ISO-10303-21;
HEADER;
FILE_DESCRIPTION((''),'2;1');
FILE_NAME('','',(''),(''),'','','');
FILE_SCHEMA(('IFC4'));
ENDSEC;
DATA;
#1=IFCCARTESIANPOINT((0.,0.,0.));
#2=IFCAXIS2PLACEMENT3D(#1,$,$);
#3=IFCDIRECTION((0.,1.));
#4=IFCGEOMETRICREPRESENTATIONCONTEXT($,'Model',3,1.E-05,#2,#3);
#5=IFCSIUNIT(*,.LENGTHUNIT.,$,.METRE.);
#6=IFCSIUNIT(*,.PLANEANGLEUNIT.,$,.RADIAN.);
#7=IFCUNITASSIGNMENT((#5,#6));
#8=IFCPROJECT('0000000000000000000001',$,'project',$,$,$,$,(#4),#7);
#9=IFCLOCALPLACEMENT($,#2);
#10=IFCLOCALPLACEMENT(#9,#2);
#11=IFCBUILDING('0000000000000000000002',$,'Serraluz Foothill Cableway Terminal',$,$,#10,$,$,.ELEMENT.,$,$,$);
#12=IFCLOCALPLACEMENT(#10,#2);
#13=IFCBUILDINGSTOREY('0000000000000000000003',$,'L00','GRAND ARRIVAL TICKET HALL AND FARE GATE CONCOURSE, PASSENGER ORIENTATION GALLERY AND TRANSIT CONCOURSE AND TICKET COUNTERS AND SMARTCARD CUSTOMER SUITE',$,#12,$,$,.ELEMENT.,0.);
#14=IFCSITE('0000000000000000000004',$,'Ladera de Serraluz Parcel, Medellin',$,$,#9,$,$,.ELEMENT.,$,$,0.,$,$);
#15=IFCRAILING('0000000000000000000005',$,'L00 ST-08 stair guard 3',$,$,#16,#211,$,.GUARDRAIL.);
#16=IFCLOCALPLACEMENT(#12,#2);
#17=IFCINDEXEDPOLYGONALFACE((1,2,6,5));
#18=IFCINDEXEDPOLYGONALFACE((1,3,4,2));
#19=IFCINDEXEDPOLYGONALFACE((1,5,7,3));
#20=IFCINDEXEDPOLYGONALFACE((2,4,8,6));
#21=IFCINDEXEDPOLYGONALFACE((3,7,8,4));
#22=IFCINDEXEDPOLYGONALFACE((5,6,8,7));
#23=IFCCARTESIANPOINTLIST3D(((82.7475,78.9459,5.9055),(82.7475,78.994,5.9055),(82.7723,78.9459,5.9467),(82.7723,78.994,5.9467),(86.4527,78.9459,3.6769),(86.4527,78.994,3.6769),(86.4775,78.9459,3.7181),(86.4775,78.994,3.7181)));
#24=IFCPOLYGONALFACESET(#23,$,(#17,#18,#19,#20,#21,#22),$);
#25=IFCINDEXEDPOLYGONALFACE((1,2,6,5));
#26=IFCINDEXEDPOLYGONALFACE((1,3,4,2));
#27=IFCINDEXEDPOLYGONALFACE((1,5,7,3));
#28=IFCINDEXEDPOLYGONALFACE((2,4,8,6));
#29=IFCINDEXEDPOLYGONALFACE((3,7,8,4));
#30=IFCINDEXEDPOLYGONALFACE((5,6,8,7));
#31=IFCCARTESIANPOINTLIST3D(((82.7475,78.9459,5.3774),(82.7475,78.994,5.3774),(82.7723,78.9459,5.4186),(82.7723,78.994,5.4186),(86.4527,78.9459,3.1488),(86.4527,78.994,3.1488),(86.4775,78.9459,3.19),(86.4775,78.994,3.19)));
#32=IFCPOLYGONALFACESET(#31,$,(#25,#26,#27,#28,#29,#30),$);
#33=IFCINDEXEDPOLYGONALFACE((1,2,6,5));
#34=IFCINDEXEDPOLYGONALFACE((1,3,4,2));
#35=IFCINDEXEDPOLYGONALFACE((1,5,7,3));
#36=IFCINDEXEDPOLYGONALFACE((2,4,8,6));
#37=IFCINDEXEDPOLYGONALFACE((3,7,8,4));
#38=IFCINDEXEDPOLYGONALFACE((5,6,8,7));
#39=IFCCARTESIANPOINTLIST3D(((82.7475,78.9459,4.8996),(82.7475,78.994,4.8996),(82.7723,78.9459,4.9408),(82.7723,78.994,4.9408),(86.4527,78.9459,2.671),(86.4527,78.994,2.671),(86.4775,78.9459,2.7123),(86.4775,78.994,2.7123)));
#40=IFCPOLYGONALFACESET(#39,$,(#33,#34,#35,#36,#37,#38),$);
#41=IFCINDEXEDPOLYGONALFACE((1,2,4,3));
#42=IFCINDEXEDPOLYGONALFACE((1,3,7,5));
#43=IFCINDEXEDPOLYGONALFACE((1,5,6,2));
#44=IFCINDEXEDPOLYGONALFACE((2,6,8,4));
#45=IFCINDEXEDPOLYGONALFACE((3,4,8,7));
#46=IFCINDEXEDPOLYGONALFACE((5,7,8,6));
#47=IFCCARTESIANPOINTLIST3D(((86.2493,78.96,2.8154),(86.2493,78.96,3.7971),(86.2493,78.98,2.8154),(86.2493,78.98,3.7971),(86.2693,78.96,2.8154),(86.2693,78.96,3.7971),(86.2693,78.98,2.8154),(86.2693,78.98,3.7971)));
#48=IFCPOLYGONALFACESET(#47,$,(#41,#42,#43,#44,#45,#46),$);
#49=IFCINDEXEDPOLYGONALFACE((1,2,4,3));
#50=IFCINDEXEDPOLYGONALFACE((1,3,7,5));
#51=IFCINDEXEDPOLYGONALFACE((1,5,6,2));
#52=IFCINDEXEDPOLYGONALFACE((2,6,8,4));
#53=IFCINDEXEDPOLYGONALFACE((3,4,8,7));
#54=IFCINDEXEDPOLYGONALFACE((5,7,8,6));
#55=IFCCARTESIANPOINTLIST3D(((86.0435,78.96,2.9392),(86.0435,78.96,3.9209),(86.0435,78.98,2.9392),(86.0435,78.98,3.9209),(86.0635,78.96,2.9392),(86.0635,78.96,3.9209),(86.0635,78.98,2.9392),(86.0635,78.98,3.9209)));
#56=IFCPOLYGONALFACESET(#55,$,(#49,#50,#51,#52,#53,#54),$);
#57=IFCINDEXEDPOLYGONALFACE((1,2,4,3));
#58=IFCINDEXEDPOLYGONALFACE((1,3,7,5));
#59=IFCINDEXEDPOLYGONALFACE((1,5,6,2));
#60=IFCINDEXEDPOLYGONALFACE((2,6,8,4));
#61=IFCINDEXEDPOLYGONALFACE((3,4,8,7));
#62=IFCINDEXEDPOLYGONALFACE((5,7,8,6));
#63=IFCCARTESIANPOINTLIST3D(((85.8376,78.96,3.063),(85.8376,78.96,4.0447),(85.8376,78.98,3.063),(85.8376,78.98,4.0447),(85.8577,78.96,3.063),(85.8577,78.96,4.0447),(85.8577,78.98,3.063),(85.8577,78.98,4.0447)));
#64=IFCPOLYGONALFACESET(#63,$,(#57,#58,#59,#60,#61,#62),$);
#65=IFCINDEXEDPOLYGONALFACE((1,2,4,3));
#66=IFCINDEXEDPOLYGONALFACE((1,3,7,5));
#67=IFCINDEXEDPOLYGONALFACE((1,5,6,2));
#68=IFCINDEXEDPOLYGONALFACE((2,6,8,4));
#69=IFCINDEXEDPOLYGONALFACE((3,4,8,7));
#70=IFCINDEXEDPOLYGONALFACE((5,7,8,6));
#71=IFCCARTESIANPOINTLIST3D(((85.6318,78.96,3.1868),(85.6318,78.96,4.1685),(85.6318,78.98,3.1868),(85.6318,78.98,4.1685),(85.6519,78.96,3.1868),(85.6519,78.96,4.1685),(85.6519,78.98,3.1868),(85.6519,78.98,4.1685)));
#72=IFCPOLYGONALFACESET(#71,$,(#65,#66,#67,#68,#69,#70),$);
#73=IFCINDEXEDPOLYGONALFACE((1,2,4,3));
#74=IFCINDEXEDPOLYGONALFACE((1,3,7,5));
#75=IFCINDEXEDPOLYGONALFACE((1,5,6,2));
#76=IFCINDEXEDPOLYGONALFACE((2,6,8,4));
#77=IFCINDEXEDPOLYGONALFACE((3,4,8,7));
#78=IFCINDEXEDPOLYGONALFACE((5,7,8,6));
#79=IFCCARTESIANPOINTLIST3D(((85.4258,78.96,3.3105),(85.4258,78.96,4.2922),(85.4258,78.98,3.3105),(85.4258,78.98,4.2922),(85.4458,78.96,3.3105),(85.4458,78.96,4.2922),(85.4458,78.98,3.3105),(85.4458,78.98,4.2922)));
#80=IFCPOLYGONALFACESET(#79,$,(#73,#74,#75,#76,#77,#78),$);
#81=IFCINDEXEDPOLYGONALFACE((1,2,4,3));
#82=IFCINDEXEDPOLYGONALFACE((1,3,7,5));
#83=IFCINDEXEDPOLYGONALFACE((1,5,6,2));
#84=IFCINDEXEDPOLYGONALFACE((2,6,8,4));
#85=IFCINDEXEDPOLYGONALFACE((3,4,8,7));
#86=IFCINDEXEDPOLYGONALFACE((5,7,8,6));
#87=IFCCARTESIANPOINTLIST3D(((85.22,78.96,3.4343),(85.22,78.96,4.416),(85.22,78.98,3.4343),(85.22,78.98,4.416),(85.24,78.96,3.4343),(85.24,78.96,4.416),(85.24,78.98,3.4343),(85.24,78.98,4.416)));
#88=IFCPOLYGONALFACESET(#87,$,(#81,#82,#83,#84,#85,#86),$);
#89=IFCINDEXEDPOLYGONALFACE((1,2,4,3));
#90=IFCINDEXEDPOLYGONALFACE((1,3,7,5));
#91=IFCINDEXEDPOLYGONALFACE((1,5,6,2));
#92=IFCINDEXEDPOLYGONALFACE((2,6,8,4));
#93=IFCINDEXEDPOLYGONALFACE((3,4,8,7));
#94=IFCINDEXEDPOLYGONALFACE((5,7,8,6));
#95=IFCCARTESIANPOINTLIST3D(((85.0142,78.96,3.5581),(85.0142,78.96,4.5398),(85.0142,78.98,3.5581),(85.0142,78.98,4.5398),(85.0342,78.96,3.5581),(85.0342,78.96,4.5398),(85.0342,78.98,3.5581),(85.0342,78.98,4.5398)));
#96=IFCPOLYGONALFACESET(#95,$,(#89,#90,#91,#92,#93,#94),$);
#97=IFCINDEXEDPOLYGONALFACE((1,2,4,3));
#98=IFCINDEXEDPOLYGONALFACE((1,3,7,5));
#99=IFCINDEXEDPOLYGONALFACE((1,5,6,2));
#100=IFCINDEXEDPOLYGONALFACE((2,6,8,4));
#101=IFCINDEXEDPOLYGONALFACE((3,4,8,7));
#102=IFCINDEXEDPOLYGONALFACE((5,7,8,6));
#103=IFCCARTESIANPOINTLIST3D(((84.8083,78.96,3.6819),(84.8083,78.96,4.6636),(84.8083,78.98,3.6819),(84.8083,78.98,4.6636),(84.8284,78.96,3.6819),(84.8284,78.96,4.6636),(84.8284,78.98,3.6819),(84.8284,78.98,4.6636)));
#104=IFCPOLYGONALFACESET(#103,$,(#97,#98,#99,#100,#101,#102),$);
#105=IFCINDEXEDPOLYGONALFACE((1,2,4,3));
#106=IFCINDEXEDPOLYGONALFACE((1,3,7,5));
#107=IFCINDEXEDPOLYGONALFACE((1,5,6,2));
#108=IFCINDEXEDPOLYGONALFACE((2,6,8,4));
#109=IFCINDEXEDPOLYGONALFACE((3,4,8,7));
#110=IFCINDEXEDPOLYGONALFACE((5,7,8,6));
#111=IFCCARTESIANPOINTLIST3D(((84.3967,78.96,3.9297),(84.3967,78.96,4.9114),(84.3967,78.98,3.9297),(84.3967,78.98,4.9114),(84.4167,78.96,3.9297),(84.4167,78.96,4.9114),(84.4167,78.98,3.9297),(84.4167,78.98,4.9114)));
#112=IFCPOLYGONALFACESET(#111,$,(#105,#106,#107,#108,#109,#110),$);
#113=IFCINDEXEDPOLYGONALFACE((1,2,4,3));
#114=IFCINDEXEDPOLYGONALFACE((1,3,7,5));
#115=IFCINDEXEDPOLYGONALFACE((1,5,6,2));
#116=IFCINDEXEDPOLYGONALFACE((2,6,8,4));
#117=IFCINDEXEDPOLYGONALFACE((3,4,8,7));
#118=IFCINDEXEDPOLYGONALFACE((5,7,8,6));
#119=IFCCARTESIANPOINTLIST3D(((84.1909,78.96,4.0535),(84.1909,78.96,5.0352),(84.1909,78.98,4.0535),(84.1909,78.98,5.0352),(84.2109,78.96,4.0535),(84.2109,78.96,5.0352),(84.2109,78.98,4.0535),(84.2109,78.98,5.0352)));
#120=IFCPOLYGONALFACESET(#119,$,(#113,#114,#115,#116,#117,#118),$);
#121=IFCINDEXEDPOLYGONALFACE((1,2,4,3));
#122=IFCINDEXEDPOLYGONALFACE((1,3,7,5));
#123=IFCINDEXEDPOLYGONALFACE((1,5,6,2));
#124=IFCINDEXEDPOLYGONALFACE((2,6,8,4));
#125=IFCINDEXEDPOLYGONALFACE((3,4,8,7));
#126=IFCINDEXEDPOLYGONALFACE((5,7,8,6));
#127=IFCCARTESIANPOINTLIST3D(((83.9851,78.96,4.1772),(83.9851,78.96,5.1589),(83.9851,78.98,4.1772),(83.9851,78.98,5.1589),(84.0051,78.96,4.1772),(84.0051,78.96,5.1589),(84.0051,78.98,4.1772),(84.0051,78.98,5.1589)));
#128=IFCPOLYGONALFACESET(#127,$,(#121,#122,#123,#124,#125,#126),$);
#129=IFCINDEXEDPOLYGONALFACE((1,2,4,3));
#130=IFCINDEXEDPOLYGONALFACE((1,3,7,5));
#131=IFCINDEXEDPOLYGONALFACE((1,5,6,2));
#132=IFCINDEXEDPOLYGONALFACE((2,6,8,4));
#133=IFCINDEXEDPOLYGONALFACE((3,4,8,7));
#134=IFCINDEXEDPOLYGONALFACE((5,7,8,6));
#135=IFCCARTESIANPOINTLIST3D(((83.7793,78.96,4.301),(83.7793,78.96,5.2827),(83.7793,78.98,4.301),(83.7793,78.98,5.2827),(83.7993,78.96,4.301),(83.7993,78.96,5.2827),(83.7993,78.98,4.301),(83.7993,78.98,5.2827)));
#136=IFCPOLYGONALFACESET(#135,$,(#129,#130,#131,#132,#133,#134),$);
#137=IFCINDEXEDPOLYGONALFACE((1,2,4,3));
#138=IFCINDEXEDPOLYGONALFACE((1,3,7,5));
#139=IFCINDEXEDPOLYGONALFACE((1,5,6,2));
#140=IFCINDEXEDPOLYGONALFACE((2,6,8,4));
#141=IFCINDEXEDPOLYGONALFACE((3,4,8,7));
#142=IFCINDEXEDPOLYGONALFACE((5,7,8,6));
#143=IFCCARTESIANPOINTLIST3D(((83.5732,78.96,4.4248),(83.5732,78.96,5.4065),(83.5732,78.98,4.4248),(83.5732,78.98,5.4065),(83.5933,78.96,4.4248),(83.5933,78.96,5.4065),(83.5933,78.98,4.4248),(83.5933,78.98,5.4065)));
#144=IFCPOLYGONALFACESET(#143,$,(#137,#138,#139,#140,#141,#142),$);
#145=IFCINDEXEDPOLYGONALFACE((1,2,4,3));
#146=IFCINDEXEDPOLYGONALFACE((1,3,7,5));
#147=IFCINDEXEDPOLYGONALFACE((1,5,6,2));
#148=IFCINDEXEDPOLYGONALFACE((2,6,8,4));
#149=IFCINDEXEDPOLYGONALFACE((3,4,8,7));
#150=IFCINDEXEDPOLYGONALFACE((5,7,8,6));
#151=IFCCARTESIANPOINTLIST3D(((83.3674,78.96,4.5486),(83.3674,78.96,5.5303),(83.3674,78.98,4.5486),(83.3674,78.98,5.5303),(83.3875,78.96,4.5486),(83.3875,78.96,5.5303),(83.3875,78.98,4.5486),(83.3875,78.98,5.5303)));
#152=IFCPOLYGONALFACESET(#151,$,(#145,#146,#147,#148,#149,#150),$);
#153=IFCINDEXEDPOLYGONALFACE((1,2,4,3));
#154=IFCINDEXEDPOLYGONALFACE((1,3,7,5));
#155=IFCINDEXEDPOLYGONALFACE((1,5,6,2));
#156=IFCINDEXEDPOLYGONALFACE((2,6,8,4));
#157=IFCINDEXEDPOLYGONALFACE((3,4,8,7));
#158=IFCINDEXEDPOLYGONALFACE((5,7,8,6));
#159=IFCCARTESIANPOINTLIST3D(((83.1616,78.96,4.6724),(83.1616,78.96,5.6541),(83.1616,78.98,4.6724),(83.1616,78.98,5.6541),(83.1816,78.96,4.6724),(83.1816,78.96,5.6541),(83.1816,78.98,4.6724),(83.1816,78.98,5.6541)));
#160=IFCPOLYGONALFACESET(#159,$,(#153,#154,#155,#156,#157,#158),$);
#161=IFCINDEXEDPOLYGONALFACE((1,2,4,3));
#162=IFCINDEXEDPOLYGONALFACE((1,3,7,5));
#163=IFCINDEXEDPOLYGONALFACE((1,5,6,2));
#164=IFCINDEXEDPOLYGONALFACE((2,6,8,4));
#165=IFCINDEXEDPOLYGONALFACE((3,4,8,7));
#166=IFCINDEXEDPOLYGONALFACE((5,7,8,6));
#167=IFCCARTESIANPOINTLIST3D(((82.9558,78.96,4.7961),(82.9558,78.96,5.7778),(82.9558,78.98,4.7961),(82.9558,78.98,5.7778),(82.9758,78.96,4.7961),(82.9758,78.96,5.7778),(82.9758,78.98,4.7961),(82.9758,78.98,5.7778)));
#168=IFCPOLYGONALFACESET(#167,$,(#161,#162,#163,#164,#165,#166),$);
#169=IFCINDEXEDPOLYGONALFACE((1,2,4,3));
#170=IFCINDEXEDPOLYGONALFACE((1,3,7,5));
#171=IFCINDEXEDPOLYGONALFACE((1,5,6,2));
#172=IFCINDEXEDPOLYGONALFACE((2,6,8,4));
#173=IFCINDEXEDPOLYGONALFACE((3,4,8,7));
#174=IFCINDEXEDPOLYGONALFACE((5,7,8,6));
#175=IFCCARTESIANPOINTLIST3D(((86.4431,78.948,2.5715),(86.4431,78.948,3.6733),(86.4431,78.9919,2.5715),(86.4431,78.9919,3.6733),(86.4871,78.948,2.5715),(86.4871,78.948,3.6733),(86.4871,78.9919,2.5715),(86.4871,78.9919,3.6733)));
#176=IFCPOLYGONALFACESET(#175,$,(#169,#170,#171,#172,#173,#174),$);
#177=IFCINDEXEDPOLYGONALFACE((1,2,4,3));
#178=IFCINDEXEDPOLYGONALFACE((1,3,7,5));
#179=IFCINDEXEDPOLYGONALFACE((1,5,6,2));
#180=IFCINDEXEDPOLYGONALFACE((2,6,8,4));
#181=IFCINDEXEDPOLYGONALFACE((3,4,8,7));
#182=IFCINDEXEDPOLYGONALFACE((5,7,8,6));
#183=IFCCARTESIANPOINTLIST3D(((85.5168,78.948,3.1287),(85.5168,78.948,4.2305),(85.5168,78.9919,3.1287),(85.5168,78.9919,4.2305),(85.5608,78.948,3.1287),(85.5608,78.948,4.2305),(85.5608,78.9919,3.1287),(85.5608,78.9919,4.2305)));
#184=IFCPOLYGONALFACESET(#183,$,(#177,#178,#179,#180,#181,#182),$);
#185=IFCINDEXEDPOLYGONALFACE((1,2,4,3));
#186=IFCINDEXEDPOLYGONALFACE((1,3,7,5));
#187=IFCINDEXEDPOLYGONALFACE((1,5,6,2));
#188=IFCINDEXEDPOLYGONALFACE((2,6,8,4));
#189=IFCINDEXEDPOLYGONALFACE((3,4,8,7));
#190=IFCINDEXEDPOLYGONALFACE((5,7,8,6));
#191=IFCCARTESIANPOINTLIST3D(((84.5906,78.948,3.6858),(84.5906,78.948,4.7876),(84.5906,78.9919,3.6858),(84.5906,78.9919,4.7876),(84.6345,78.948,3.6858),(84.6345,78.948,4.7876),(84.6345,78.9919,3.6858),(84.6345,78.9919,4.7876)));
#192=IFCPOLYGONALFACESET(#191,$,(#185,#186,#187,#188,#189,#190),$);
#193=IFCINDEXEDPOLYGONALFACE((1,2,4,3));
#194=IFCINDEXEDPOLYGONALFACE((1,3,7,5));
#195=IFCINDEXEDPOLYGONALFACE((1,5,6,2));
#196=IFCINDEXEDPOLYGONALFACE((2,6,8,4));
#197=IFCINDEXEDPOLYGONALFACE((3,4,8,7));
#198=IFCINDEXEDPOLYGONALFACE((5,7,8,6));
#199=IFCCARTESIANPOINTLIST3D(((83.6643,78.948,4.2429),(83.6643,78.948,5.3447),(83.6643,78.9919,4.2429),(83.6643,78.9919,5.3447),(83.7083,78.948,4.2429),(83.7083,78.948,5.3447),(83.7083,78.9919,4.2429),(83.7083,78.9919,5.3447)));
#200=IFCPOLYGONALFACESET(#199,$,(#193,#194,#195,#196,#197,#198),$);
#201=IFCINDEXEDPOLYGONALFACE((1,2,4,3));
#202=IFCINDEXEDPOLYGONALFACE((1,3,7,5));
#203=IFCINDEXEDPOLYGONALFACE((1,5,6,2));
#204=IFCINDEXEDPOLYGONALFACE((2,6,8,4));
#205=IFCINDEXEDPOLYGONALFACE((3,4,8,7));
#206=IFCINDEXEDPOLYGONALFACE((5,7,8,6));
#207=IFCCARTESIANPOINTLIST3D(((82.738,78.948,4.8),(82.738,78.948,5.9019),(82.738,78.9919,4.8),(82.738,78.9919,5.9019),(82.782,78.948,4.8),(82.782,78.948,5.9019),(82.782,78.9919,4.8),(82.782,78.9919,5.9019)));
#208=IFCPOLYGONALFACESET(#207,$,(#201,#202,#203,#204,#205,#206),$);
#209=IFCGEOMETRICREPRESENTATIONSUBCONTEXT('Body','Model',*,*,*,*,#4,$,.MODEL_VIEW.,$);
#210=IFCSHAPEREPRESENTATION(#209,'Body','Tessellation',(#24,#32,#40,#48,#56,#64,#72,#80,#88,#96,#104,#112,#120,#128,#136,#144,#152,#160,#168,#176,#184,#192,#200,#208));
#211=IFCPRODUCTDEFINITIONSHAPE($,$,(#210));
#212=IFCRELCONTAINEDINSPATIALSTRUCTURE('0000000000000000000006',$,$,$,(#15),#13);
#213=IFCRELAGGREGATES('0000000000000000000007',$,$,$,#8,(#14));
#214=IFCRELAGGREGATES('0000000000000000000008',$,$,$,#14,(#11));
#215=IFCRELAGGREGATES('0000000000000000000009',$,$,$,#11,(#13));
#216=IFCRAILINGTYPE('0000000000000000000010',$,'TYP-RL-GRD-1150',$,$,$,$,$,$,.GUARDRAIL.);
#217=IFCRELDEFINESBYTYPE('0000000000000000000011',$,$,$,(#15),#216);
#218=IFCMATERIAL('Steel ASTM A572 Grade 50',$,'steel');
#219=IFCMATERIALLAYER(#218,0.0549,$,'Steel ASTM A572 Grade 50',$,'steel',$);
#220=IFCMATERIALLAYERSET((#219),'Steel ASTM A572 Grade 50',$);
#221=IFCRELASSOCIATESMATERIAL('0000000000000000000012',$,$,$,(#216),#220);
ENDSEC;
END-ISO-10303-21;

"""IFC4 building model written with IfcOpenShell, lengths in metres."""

from ifc_helpers import new_model, si_unit, direction, frame, origin, origin_2d, place, context, subcontext, project, spatial, rectangle, extrude, material, layer, layer_set, type_object, element, save


model = new_model("IFC4")

# Units and contexts
model_context = context("Model", 3, precision=1e-05, world=origin(), true_north=direction((0.0, 1.0)))
body_context = subcontext(model_context, "Body", "Model", "MODEL_VIEW")
ifc_project = project(units=[si_unit("LENGTHUNIT", "METRE"), si_unit("PLANEANGLEUNIT", "RADIAN")], contexts=[model_context])

# Site, building, storey
site_placement = place(None, origin())
site = spatial("IfcSite", under=ifc_project, at=site_placement, Name="Ladera de Serraluz Parcel, Medellin", CompositionType="ELEMENT", RefElevation=0.0)
building_placement = place(site_placement, origin())
building = spatial("IfcBuilding", under=site, at=building_placement, Name="Serraluz Foothill Cableway Terminal", CompositionType="ELEMENT")
storey_placement = place(building_placement, origin())
storey = spatial("IfcBuildingStorey", under=building, at=storey_placement, Name="L00", Description="GRAND ARRIVAL TICKET HALL AND FARE GATE CONCOURSE, PASSENGER ORIENTATION GALLERY AND TRANSIT CONCOURSE AND TICKET COUNTERS AND SMARTCARD CUSTOMER SUITE", CompositionType="ELEMENT", Elevation=0.0)

# Railing
ifc_material_1 = material(Name="Steel ASTM A572 Grade 50", Category="steel")
ifc_layer_1 = layer(ifc_material_1, 0.0549, Name="Steel ASTM A572 Grade 50", Category="steel")
ifc_layer_set_1 = layer_set([ifc_layer_1], Name="Steel ASTM A572 Grade 50")
railing_type_1 = type_object("IfcRailingType", Name="TYP-RL-GRD-1150", PredefinedType="GUARDRAIL", material=ifc_layer_set_1)
railing_1_placement = place(storey_placement, frame((86.4651, 78.97, 2.5715)))
element("IfcRailing", 1, at=railing_1_placement, inside=storey, type_object=railing_type_1, Name="L00 ST-08 stair guard 3", PredefinedType="GUARDRAIL", context=body_context, shape_type="SweptSolid", body=[
    extrude(rectangle(XDim=0.0481, YDim=0.0481, at=origin_2d()), frame((0.0, 0.0, 1.126), z_axis=(-0.856934, 0.0, 0.515425), x_axis=(0.0, -1.0, 0.0)), (0.0, 0.0, 1.0), 4.3237),
    extrude(rectangle(XDim=0.0481, YDim=0.0481, at=origin_2d()), frame((0.0, 0.0, 0.5979), z_axis=(-0.856934, 0.0, 0.515425), x_axis=(0.0, -1.0, 0.0)), (0.0, 0.0, 1.0), 4.3237),
    extrude(rectangle(XDim=0.0481, YDim=0.0481, at=origin_2d()), frame((0.0, 0.0, 0.1201), z_axis=(-0.856934, 0.0, 0.515425), x_axis=(0.0, -1.0, 0.0)), (0.0, 0.0, 1.0), 4.3237),
    extrude(rectangle(XDim=0.02, YDim=0.02, at=origin_2d()), frame((-0.2058, 0.0, 0.2439)), (0.0, 0.0, 1.0), 0.9817),
    extrude(rectangle(XDim=0.02, YDim=0.02, at=origin_2d()), frame((-0.4116, 0.0, 0.3677)), (0.0, 0.0, 1.0), 0.9817),
    extrude(rectangle(XDim=0.02, YDim=0.02, at=origin_2d()), frame((-0.6174, 0.0, 0.4915)), (0.0, 0.0, 1.0), 0.9817),
    extrude(rectangle(XDim=0.02, YDim=0.02, at=origin_2d()), frame((-0.8232, 0.0, 0.6152)), (0.0, 0.0, 1.0), 0.9817),
    extrude(rectangle(XDim=0.02, YDim=0.02, at=origin_2d()), frame((-1.0293, 0.0, 0.739)), (0.0, 0.0, 1.0), 0.9817),
    extrude(rectangle(XDim=0.02, YDim=0.02, at=origin_2d()), frame((-1.2351, 0.0, 0.8628)), (0.0, 0.0, 1.0), 0.9817),
    extrude(rectangle(XDim=0.02, YDim=0.02, at=origin_2d()), frame((-1.4409, 0.0, 0.9866)), (0.0, 0.0, 1.0), 0.9817),
    extrude(rectangle(XDim=0.02, YDim=0.02, at=origin_2d()), frame((-1.6467, 0.0, 1.1104)), (0.0, 0.0, 1.0), 0.9817),
    extrude(rectangle(XDim=0.02, YDim=0.02, at=origin_2d()), frame((-2.0583, 0.0, 1.3582)), (0.0, 0.0, 1.0), 0.9817),
    extrude(rectangle(XDim=0.02, YDim=0.02, at=origin_2d()), frame((-2.2642, 0.0, 1.4819)), (0.0, 0.0, 1.0), 0.9817),
    extrude(rectangle(XDim=0.02, YDim=0.02, at=origin_2d()), frame((-2.47, 0.0, 1.6057)), (0.0, 0.0, 1.0), 0.9817),
    extrude(rectangle(XDim=0.02, YDim=0.02, at=origin_2d()), frame((-2.6758, 0.0, 1.7295)), (0.0, 0.0, 1.0), 0.9817),
    extrude(rectangle(XDim=0.02, YDim=0.02, at=origin_2d()), frame((-2.8818, 0.0, 1.8533)), (0.0, 0.0, 1.0), 0.9817),
    extrude(rectangle(XDim=0.02, YDim=0.02, at=origin_2d()), frame((-3.0876, 0.0, 1.9771)), (0.0, 0.0, 1.0), 0.9817),
    extrude(rectangle(XDim=0.02, YDim=0.02, at=origin_2d()), frame((-3.2935, 0.0, 2.1008)), (0.0, 0.0, 1.0), 0.9817),
    extrude(rectangle(XDim=0.02, YDim=0.02, at=origin_2d()), frame((-3.4993, 0.0, 2.2246)), (0.0, 0.0, 1.0), 0.9817),
    extrude(rectangle(XDim=0.0439, YDim=0.0439, at=origin_2d()), origin(), (0.0, 0.0, 1.0), 1.1018),
    extrude(rectangle(XDim=0.0439, YDim=0.0439, at=origin_2d()), frame((-0.9263, 0.0, 0.5571)), (0.0, 0.0, 1.0), 1.1018),
    extrude(rectangle(XDim=0.0439, YDim=0.0439, at=origin_2d()), frame((-1.8525, 0.0, 1.1143)), (0.0, 0.0, 1.0), 1.1018),
    extrude(rectangle(XDim=0.0439, YDim=0.0439, at=origin_2d()), frame((-2.7788, 0.0, 1.6714)), (0.0, 0.0, 1.0), 1.1018),
    extrude(rectangle(XDim=0.0439, YDim=0.0439, at=origin_2d()), frame((-3.7051, 0.0, 2.2285)), (0.0, 0.0, 1.0), 1.1018),
])

save(model, "model.ifc")
